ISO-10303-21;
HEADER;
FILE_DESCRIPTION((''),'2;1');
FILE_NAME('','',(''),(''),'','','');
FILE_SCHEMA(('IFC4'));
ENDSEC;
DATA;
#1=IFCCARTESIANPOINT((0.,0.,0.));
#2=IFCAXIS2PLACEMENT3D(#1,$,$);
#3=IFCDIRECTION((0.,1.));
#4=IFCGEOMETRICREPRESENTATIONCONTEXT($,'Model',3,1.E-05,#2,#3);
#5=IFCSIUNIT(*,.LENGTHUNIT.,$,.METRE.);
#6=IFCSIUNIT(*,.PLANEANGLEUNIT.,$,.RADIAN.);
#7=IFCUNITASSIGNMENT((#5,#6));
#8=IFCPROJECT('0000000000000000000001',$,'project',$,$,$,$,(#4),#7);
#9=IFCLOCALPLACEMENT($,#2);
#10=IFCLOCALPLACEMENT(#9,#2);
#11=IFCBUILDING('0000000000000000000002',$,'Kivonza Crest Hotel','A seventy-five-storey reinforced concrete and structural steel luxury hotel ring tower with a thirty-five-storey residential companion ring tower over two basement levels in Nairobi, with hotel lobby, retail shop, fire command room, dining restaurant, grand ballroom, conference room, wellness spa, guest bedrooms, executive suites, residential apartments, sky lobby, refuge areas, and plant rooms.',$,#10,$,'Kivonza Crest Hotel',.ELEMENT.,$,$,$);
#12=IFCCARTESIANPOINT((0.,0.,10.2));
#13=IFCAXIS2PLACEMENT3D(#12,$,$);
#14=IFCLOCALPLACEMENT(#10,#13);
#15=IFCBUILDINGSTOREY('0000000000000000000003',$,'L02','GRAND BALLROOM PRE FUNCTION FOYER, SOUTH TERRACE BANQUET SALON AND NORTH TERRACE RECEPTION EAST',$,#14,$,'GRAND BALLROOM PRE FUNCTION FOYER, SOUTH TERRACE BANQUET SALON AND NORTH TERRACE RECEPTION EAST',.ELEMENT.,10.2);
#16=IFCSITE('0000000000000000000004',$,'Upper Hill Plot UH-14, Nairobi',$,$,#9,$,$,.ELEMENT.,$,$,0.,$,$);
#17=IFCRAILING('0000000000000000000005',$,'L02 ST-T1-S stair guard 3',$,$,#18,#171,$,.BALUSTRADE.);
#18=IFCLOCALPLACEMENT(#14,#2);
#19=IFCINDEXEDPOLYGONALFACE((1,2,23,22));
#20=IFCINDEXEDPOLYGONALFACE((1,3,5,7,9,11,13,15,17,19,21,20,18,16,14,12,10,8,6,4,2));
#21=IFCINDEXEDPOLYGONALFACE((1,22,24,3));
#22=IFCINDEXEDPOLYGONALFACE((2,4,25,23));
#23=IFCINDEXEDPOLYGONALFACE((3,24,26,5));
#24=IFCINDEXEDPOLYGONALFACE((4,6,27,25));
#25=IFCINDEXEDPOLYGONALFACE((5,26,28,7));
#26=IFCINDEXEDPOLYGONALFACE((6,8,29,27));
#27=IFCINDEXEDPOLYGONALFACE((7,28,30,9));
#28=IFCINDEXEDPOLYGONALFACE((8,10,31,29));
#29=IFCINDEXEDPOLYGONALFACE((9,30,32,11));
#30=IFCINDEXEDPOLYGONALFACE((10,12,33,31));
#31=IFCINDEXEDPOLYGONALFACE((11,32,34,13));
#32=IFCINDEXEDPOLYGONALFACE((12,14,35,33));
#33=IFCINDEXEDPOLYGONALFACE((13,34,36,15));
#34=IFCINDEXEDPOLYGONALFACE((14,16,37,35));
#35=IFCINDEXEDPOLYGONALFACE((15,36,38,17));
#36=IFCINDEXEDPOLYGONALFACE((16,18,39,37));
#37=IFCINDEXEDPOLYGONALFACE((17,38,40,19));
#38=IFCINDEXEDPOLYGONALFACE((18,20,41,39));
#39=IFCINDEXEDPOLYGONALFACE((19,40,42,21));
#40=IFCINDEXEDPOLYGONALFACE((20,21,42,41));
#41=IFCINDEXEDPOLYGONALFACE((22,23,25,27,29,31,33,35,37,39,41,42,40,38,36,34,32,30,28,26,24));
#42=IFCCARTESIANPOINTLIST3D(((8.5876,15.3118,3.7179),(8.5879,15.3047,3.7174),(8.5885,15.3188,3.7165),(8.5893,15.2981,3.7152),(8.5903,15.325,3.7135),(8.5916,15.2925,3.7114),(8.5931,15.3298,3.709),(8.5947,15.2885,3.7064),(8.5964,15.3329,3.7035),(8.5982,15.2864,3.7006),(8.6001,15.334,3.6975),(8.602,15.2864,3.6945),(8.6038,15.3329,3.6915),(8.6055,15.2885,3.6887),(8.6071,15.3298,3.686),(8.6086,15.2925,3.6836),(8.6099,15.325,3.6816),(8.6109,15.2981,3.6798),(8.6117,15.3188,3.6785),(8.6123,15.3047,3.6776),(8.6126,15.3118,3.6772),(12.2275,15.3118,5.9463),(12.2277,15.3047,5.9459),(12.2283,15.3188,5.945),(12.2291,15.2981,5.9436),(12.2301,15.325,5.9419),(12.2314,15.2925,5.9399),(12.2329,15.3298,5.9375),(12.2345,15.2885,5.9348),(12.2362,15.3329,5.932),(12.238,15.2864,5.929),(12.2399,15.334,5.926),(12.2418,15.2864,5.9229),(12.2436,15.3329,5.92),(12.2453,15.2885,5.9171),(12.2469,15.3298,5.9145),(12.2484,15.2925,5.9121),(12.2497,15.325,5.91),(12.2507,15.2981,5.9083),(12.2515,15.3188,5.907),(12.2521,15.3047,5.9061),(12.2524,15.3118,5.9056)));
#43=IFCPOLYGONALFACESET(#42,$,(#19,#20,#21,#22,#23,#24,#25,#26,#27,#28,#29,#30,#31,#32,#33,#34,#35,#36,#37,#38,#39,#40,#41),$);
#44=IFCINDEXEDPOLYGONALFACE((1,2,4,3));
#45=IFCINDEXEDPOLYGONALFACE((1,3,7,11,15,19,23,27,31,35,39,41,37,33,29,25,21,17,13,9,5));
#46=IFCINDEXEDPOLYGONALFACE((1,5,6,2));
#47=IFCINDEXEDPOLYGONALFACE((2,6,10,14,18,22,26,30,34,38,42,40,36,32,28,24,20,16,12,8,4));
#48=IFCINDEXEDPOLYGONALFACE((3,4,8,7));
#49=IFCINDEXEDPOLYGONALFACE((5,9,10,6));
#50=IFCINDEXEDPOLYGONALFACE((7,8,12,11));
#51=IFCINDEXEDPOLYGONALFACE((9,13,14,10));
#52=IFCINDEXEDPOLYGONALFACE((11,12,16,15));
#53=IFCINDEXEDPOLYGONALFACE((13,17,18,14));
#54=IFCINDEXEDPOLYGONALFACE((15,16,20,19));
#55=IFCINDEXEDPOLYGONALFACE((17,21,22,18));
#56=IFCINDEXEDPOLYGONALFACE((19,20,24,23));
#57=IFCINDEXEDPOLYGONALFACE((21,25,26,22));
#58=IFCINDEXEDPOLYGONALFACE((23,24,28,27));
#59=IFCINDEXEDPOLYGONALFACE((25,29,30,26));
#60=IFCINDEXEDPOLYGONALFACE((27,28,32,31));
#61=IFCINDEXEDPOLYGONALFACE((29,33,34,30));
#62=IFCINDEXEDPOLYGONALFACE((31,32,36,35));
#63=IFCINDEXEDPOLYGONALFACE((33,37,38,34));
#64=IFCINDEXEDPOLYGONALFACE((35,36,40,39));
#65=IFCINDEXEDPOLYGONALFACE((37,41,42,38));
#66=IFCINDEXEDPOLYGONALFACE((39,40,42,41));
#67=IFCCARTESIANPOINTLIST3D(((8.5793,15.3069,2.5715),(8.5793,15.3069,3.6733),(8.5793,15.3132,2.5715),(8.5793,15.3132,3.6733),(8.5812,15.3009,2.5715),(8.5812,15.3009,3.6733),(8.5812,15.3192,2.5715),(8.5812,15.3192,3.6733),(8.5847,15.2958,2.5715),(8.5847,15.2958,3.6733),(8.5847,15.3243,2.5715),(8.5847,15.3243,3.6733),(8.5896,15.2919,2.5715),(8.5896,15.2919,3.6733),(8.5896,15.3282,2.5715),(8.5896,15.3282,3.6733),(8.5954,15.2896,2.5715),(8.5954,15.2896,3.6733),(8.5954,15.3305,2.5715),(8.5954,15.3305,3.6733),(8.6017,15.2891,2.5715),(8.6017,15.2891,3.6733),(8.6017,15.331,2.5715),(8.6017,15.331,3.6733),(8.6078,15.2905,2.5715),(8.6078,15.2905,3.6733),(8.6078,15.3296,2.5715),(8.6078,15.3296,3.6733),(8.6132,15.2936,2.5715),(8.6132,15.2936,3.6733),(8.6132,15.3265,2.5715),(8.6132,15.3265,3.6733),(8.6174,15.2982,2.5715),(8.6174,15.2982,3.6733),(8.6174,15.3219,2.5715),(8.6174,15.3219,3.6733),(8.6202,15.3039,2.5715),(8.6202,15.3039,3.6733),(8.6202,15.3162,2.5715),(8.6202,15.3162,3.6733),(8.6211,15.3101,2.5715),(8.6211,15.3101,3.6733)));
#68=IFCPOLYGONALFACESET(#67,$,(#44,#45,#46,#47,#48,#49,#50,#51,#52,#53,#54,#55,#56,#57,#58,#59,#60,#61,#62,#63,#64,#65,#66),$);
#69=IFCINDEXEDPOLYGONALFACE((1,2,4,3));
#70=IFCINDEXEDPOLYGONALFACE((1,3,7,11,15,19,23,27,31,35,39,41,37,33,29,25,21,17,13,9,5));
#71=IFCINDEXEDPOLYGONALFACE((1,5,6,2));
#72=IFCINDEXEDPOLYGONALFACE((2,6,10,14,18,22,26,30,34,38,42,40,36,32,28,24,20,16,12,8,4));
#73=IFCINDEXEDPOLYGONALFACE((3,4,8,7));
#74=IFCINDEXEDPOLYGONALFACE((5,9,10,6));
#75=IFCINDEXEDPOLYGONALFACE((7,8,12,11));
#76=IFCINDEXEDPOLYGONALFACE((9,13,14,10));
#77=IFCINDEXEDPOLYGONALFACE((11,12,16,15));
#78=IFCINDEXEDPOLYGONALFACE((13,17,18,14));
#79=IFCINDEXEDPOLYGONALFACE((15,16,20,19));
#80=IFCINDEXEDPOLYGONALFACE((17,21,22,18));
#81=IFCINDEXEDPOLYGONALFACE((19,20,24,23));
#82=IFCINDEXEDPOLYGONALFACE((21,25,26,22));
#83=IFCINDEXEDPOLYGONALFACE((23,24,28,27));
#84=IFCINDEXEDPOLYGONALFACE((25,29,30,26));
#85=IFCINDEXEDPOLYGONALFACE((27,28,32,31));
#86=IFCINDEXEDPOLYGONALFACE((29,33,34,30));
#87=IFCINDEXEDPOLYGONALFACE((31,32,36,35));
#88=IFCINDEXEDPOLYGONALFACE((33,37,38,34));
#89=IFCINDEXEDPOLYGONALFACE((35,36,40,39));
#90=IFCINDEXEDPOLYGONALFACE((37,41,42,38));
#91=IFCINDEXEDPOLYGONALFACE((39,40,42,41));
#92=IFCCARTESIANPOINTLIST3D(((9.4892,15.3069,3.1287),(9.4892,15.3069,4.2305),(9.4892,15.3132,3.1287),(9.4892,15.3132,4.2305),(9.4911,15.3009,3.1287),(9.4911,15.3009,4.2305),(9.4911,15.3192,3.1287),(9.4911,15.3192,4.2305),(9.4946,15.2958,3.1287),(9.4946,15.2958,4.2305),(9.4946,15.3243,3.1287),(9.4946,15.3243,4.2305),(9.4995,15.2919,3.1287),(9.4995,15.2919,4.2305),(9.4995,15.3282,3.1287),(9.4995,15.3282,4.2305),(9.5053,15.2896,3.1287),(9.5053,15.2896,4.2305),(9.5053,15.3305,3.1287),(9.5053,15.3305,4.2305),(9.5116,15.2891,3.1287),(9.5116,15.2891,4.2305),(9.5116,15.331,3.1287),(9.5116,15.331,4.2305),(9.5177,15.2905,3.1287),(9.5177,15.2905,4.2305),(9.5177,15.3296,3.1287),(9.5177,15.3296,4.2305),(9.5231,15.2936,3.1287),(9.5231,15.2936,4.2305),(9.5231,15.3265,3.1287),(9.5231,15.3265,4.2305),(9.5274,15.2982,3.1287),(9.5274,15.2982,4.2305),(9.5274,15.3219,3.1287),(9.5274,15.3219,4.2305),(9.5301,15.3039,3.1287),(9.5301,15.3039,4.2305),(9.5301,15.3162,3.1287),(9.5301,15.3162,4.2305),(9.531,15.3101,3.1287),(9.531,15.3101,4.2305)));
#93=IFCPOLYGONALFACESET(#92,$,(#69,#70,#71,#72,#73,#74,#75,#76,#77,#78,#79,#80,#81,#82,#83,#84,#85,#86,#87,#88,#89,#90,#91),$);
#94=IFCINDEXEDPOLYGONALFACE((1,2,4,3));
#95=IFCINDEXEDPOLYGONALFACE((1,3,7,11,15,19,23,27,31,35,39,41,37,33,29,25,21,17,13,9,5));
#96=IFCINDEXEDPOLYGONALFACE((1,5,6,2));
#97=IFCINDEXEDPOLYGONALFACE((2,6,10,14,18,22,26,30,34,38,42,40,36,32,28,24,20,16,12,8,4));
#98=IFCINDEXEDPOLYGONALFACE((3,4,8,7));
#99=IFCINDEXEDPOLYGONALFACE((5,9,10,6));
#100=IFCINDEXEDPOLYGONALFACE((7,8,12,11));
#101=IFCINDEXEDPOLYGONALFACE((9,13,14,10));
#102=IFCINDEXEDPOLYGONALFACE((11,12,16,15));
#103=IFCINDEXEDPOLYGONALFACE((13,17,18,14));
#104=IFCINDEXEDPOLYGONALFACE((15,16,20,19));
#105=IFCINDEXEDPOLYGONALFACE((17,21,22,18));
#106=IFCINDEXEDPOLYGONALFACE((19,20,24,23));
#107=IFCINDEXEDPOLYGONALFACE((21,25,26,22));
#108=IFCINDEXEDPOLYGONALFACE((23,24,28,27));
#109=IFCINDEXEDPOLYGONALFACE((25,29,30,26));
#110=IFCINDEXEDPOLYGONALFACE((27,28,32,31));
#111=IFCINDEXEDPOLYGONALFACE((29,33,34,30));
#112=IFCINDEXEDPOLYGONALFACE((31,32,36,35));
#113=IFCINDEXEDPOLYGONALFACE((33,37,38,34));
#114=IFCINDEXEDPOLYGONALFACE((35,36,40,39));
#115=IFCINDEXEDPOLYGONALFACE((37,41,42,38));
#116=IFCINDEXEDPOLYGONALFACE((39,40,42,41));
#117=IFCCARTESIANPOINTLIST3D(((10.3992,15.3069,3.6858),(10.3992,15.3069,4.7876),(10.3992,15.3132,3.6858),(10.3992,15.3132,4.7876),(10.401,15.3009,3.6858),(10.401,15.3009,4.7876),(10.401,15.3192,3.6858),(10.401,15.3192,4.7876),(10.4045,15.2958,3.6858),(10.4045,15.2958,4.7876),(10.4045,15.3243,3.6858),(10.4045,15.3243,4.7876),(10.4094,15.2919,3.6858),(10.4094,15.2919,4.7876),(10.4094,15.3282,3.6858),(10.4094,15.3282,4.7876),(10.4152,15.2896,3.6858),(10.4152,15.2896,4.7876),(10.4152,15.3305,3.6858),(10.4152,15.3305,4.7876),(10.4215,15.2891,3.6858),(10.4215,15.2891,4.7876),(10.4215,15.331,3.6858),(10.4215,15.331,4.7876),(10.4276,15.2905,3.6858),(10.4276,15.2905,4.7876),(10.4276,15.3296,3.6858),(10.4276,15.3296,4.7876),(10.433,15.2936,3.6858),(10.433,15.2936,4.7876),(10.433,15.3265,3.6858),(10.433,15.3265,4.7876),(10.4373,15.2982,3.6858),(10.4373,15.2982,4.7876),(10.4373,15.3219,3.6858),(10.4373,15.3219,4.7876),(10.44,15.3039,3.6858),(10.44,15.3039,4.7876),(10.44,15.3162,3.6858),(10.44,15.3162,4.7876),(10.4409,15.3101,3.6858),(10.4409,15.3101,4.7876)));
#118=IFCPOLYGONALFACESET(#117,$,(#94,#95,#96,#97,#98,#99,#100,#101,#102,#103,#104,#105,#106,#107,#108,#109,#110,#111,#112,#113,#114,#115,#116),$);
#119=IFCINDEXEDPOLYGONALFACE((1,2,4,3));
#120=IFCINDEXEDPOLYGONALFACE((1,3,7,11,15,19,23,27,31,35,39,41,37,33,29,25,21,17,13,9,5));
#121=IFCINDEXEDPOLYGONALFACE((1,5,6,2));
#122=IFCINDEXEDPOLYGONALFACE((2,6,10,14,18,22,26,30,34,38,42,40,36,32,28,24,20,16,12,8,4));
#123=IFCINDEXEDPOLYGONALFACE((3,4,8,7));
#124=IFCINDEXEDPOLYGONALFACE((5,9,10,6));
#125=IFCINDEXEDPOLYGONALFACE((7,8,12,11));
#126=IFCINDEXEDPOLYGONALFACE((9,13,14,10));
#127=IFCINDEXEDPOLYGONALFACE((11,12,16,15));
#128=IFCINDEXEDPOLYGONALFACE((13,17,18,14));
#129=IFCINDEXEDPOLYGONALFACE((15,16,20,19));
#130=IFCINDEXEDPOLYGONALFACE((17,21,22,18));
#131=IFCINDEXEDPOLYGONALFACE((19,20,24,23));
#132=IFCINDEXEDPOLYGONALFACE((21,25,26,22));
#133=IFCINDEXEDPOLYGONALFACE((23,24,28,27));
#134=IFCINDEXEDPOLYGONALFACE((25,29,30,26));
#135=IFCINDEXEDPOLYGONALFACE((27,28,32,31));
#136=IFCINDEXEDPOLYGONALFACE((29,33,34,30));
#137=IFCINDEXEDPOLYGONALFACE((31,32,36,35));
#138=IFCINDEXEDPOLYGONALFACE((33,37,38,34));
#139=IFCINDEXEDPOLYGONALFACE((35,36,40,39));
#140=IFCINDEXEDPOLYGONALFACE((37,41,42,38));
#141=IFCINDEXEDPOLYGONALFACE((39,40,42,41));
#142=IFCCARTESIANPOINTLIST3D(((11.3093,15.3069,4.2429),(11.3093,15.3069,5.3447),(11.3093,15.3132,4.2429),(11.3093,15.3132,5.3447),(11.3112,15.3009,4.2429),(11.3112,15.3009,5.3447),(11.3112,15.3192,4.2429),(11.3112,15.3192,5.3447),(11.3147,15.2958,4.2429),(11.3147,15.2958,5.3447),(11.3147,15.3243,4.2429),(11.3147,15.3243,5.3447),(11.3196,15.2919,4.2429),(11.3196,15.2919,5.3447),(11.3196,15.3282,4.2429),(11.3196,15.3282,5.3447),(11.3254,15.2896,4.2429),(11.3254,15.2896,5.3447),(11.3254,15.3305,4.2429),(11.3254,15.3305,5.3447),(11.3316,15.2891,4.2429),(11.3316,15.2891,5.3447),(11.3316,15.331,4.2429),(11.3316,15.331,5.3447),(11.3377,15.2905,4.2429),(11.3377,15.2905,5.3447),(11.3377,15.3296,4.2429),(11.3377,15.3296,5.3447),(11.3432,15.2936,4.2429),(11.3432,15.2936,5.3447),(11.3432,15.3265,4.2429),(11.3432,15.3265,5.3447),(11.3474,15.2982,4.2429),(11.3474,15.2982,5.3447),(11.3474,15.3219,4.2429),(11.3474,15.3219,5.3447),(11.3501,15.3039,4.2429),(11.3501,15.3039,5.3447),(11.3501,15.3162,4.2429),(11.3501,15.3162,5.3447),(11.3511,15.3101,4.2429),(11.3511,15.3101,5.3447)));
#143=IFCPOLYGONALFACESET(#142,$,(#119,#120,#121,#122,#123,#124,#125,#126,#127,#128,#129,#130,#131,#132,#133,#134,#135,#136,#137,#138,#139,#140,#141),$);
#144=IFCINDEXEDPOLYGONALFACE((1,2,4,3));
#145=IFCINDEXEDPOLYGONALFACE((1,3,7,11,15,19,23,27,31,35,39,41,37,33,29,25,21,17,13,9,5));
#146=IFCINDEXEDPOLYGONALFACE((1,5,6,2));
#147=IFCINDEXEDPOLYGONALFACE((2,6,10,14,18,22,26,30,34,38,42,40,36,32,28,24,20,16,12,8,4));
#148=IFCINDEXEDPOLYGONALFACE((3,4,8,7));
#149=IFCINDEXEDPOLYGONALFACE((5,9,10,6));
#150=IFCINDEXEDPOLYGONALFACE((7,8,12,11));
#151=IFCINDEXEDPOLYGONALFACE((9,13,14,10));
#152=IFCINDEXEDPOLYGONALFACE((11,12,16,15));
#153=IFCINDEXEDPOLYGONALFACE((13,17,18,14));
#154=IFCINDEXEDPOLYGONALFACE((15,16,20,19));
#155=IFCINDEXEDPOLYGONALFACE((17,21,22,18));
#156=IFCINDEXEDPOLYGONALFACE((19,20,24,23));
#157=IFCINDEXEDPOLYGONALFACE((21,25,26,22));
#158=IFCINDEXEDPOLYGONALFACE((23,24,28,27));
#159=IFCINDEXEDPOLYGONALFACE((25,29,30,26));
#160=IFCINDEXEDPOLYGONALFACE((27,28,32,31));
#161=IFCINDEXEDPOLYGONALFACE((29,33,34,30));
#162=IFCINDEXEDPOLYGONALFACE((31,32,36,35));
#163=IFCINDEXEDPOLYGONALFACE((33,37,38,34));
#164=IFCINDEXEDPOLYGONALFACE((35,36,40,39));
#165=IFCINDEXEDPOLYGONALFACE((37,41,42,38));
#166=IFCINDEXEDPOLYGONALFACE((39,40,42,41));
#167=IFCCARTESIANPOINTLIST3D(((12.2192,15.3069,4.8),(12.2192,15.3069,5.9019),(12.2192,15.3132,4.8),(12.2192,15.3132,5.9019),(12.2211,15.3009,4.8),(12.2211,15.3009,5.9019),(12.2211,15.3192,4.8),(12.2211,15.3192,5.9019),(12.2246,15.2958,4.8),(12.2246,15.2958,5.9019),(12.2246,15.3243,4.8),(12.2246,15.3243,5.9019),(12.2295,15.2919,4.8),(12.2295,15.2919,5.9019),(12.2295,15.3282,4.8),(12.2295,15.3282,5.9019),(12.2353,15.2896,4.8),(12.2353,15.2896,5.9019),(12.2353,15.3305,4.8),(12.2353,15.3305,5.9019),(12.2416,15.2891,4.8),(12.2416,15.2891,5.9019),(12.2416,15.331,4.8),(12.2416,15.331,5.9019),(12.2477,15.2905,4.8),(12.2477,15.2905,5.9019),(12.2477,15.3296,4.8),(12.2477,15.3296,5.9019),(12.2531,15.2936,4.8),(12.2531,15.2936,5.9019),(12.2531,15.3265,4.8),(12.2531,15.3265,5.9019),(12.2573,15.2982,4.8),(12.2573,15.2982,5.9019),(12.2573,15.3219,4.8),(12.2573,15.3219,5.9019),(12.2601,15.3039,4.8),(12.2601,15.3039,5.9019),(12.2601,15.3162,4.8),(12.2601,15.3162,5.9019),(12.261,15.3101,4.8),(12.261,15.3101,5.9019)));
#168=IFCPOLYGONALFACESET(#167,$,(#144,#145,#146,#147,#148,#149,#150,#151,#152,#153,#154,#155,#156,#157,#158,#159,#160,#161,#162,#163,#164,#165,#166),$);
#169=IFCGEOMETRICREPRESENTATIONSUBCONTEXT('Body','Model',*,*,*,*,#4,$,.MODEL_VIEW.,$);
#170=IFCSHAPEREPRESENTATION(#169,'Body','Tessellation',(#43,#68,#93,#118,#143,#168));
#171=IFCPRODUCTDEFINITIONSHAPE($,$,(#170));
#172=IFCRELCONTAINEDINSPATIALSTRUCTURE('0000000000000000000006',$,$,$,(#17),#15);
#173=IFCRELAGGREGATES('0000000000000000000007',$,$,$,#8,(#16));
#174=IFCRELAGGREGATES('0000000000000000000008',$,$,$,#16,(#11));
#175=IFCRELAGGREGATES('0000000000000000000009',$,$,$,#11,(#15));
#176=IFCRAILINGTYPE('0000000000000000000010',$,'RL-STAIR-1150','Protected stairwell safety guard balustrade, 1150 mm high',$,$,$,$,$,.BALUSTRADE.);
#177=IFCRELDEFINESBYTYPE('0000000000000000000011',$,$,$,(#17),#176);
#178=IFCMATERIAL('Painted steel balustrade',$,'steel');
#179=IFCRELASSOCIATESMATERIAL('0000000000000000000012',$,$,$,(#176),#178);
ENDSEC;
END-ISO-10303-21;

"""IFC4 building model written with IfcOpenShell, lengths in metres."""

from ifc_helpers import new_model, si_unit, direction, frame, origin, origin_2d, place, context, subcontext, project, spatial, circle, extrude, material, type_object, element, save


model = new_model("IFC4")

# Units and contexts
model_context = context("Model", 3, precision=1e-05, world=origin(), true_north=direction((0.0, 1.0)))
body_context = subcontext(model_context, "Body", "Model", "MODEL_VIEW")
ifc_project = project(units=[si_unit("LENGTHUNIT", "METRE"), si_unit("PLANEANGLEUNIT", "RADIAN")], contexts=[model_context])

# Site, building, storey
site_placement = place(None, origin())
site = spatial("IfcSite", under=ifc_project, at=site_placement, Name="Upper Hill Plot UH-14, Nairobi", CompositionType="ELEMENT", RefElevation=0.0)
building_placement = place(site_placement, origin())
building = spatial("IfcBuilding", under=site, at=building_placement, Name="Kivonza Crest Hotel", Description="A seventy-five-storey reinforced concrete and structural steel luxury hotel ring tower with a thirty-five-storey residential companion ring tower over two basement levels in Nairobi, with hotel lobby, retail shop, fire command room, dining restaurant, grand ballroom, conference room, wellness spa, guest bedrooms, executive suites, residential apartments, sky lobby, refuge areas, and plant rooms.", LongName="Kivonza Crest Hotel", CompositionType="ELEMENT")
storey_placement = place(building_placement, frame((0.0, 0.0, 10.2)))
storey = spatial("IfcBuildingStorey", under=building, at=storey_placement, Name="L02", Description="GRAND BALLROOM PRE FUNCTION FOYER, SOUTH TERRACE BANQUET SALON AND NORTH TERRACE RECEPTION EAST", LongName="GRAND BALLROOM PRE FUNCTION FOYER, SOUTH TERRACE BANQUET SALON AND NORTH TERRACE RECEPTION EAST", CompositionType="ELEMENT", Elevation=10.2)

# Railing
ifc_material_1 = material(Name="Painted steel balustrade", Category="steel")
railing_type_1 = type_object("IfcRailingType", Name="RL-STAIR-1150", Description="Protected stairwell safety guard balustrade, 1150 mm high", PredefinedType="BALUSTRADE", material=ifc_material_1)
railing_1_placement = place(storey_placement, frame((8.6001, 15.3101, 2.5715)))
element("IfcRailing", 1, at=railing_1_placement, inside=storey, type_object=railing_type_1, Name="L02 ST-T1-S stair guard 3", PredefinedType="BALUSTRADE", context=body_context, shape_type="SweptSolid", body=[
    extrude(circle(Radius=0.0239, at=origin_2d()), frame((0.0, 0.0, 1.126), z_axis=(0.85285, 0.0, 0.522156), x_axis=(0.0, 1.0, 0.0)), (0.0, 0.0, 1.0), 4.2678),
    extrude(circle(Radius=0.021, at=origin_2d()), origin(), (0.0, 0.0, 1.0), 1.1018),
    extrude(circle(Radius=0.021, at=origin_2d()), frame((0.9099, 0.0, 0.5571)), (0.0, 0.0, 1.0), 1.1018),
    extrude(circle(Radius=0.021, at=origin_2d()), frame((1.8198, 0.0, 1.1143)), (0.0, 0.0, 1.0), 1.1018),
    extrude(circle(Radius=0.021, at=origin_2d()), frame((2.73, 0.0, 1.6714)), (0.0, 0.0, 1.0), 1.1018),
    extrude(circle(Radius=0.021, at=origin_2d()), frame((3.6399, 0.0, 2.2285)), (0.0, 0.0, 1.0), 1.1018),
])

save(model, "model.ifc")
